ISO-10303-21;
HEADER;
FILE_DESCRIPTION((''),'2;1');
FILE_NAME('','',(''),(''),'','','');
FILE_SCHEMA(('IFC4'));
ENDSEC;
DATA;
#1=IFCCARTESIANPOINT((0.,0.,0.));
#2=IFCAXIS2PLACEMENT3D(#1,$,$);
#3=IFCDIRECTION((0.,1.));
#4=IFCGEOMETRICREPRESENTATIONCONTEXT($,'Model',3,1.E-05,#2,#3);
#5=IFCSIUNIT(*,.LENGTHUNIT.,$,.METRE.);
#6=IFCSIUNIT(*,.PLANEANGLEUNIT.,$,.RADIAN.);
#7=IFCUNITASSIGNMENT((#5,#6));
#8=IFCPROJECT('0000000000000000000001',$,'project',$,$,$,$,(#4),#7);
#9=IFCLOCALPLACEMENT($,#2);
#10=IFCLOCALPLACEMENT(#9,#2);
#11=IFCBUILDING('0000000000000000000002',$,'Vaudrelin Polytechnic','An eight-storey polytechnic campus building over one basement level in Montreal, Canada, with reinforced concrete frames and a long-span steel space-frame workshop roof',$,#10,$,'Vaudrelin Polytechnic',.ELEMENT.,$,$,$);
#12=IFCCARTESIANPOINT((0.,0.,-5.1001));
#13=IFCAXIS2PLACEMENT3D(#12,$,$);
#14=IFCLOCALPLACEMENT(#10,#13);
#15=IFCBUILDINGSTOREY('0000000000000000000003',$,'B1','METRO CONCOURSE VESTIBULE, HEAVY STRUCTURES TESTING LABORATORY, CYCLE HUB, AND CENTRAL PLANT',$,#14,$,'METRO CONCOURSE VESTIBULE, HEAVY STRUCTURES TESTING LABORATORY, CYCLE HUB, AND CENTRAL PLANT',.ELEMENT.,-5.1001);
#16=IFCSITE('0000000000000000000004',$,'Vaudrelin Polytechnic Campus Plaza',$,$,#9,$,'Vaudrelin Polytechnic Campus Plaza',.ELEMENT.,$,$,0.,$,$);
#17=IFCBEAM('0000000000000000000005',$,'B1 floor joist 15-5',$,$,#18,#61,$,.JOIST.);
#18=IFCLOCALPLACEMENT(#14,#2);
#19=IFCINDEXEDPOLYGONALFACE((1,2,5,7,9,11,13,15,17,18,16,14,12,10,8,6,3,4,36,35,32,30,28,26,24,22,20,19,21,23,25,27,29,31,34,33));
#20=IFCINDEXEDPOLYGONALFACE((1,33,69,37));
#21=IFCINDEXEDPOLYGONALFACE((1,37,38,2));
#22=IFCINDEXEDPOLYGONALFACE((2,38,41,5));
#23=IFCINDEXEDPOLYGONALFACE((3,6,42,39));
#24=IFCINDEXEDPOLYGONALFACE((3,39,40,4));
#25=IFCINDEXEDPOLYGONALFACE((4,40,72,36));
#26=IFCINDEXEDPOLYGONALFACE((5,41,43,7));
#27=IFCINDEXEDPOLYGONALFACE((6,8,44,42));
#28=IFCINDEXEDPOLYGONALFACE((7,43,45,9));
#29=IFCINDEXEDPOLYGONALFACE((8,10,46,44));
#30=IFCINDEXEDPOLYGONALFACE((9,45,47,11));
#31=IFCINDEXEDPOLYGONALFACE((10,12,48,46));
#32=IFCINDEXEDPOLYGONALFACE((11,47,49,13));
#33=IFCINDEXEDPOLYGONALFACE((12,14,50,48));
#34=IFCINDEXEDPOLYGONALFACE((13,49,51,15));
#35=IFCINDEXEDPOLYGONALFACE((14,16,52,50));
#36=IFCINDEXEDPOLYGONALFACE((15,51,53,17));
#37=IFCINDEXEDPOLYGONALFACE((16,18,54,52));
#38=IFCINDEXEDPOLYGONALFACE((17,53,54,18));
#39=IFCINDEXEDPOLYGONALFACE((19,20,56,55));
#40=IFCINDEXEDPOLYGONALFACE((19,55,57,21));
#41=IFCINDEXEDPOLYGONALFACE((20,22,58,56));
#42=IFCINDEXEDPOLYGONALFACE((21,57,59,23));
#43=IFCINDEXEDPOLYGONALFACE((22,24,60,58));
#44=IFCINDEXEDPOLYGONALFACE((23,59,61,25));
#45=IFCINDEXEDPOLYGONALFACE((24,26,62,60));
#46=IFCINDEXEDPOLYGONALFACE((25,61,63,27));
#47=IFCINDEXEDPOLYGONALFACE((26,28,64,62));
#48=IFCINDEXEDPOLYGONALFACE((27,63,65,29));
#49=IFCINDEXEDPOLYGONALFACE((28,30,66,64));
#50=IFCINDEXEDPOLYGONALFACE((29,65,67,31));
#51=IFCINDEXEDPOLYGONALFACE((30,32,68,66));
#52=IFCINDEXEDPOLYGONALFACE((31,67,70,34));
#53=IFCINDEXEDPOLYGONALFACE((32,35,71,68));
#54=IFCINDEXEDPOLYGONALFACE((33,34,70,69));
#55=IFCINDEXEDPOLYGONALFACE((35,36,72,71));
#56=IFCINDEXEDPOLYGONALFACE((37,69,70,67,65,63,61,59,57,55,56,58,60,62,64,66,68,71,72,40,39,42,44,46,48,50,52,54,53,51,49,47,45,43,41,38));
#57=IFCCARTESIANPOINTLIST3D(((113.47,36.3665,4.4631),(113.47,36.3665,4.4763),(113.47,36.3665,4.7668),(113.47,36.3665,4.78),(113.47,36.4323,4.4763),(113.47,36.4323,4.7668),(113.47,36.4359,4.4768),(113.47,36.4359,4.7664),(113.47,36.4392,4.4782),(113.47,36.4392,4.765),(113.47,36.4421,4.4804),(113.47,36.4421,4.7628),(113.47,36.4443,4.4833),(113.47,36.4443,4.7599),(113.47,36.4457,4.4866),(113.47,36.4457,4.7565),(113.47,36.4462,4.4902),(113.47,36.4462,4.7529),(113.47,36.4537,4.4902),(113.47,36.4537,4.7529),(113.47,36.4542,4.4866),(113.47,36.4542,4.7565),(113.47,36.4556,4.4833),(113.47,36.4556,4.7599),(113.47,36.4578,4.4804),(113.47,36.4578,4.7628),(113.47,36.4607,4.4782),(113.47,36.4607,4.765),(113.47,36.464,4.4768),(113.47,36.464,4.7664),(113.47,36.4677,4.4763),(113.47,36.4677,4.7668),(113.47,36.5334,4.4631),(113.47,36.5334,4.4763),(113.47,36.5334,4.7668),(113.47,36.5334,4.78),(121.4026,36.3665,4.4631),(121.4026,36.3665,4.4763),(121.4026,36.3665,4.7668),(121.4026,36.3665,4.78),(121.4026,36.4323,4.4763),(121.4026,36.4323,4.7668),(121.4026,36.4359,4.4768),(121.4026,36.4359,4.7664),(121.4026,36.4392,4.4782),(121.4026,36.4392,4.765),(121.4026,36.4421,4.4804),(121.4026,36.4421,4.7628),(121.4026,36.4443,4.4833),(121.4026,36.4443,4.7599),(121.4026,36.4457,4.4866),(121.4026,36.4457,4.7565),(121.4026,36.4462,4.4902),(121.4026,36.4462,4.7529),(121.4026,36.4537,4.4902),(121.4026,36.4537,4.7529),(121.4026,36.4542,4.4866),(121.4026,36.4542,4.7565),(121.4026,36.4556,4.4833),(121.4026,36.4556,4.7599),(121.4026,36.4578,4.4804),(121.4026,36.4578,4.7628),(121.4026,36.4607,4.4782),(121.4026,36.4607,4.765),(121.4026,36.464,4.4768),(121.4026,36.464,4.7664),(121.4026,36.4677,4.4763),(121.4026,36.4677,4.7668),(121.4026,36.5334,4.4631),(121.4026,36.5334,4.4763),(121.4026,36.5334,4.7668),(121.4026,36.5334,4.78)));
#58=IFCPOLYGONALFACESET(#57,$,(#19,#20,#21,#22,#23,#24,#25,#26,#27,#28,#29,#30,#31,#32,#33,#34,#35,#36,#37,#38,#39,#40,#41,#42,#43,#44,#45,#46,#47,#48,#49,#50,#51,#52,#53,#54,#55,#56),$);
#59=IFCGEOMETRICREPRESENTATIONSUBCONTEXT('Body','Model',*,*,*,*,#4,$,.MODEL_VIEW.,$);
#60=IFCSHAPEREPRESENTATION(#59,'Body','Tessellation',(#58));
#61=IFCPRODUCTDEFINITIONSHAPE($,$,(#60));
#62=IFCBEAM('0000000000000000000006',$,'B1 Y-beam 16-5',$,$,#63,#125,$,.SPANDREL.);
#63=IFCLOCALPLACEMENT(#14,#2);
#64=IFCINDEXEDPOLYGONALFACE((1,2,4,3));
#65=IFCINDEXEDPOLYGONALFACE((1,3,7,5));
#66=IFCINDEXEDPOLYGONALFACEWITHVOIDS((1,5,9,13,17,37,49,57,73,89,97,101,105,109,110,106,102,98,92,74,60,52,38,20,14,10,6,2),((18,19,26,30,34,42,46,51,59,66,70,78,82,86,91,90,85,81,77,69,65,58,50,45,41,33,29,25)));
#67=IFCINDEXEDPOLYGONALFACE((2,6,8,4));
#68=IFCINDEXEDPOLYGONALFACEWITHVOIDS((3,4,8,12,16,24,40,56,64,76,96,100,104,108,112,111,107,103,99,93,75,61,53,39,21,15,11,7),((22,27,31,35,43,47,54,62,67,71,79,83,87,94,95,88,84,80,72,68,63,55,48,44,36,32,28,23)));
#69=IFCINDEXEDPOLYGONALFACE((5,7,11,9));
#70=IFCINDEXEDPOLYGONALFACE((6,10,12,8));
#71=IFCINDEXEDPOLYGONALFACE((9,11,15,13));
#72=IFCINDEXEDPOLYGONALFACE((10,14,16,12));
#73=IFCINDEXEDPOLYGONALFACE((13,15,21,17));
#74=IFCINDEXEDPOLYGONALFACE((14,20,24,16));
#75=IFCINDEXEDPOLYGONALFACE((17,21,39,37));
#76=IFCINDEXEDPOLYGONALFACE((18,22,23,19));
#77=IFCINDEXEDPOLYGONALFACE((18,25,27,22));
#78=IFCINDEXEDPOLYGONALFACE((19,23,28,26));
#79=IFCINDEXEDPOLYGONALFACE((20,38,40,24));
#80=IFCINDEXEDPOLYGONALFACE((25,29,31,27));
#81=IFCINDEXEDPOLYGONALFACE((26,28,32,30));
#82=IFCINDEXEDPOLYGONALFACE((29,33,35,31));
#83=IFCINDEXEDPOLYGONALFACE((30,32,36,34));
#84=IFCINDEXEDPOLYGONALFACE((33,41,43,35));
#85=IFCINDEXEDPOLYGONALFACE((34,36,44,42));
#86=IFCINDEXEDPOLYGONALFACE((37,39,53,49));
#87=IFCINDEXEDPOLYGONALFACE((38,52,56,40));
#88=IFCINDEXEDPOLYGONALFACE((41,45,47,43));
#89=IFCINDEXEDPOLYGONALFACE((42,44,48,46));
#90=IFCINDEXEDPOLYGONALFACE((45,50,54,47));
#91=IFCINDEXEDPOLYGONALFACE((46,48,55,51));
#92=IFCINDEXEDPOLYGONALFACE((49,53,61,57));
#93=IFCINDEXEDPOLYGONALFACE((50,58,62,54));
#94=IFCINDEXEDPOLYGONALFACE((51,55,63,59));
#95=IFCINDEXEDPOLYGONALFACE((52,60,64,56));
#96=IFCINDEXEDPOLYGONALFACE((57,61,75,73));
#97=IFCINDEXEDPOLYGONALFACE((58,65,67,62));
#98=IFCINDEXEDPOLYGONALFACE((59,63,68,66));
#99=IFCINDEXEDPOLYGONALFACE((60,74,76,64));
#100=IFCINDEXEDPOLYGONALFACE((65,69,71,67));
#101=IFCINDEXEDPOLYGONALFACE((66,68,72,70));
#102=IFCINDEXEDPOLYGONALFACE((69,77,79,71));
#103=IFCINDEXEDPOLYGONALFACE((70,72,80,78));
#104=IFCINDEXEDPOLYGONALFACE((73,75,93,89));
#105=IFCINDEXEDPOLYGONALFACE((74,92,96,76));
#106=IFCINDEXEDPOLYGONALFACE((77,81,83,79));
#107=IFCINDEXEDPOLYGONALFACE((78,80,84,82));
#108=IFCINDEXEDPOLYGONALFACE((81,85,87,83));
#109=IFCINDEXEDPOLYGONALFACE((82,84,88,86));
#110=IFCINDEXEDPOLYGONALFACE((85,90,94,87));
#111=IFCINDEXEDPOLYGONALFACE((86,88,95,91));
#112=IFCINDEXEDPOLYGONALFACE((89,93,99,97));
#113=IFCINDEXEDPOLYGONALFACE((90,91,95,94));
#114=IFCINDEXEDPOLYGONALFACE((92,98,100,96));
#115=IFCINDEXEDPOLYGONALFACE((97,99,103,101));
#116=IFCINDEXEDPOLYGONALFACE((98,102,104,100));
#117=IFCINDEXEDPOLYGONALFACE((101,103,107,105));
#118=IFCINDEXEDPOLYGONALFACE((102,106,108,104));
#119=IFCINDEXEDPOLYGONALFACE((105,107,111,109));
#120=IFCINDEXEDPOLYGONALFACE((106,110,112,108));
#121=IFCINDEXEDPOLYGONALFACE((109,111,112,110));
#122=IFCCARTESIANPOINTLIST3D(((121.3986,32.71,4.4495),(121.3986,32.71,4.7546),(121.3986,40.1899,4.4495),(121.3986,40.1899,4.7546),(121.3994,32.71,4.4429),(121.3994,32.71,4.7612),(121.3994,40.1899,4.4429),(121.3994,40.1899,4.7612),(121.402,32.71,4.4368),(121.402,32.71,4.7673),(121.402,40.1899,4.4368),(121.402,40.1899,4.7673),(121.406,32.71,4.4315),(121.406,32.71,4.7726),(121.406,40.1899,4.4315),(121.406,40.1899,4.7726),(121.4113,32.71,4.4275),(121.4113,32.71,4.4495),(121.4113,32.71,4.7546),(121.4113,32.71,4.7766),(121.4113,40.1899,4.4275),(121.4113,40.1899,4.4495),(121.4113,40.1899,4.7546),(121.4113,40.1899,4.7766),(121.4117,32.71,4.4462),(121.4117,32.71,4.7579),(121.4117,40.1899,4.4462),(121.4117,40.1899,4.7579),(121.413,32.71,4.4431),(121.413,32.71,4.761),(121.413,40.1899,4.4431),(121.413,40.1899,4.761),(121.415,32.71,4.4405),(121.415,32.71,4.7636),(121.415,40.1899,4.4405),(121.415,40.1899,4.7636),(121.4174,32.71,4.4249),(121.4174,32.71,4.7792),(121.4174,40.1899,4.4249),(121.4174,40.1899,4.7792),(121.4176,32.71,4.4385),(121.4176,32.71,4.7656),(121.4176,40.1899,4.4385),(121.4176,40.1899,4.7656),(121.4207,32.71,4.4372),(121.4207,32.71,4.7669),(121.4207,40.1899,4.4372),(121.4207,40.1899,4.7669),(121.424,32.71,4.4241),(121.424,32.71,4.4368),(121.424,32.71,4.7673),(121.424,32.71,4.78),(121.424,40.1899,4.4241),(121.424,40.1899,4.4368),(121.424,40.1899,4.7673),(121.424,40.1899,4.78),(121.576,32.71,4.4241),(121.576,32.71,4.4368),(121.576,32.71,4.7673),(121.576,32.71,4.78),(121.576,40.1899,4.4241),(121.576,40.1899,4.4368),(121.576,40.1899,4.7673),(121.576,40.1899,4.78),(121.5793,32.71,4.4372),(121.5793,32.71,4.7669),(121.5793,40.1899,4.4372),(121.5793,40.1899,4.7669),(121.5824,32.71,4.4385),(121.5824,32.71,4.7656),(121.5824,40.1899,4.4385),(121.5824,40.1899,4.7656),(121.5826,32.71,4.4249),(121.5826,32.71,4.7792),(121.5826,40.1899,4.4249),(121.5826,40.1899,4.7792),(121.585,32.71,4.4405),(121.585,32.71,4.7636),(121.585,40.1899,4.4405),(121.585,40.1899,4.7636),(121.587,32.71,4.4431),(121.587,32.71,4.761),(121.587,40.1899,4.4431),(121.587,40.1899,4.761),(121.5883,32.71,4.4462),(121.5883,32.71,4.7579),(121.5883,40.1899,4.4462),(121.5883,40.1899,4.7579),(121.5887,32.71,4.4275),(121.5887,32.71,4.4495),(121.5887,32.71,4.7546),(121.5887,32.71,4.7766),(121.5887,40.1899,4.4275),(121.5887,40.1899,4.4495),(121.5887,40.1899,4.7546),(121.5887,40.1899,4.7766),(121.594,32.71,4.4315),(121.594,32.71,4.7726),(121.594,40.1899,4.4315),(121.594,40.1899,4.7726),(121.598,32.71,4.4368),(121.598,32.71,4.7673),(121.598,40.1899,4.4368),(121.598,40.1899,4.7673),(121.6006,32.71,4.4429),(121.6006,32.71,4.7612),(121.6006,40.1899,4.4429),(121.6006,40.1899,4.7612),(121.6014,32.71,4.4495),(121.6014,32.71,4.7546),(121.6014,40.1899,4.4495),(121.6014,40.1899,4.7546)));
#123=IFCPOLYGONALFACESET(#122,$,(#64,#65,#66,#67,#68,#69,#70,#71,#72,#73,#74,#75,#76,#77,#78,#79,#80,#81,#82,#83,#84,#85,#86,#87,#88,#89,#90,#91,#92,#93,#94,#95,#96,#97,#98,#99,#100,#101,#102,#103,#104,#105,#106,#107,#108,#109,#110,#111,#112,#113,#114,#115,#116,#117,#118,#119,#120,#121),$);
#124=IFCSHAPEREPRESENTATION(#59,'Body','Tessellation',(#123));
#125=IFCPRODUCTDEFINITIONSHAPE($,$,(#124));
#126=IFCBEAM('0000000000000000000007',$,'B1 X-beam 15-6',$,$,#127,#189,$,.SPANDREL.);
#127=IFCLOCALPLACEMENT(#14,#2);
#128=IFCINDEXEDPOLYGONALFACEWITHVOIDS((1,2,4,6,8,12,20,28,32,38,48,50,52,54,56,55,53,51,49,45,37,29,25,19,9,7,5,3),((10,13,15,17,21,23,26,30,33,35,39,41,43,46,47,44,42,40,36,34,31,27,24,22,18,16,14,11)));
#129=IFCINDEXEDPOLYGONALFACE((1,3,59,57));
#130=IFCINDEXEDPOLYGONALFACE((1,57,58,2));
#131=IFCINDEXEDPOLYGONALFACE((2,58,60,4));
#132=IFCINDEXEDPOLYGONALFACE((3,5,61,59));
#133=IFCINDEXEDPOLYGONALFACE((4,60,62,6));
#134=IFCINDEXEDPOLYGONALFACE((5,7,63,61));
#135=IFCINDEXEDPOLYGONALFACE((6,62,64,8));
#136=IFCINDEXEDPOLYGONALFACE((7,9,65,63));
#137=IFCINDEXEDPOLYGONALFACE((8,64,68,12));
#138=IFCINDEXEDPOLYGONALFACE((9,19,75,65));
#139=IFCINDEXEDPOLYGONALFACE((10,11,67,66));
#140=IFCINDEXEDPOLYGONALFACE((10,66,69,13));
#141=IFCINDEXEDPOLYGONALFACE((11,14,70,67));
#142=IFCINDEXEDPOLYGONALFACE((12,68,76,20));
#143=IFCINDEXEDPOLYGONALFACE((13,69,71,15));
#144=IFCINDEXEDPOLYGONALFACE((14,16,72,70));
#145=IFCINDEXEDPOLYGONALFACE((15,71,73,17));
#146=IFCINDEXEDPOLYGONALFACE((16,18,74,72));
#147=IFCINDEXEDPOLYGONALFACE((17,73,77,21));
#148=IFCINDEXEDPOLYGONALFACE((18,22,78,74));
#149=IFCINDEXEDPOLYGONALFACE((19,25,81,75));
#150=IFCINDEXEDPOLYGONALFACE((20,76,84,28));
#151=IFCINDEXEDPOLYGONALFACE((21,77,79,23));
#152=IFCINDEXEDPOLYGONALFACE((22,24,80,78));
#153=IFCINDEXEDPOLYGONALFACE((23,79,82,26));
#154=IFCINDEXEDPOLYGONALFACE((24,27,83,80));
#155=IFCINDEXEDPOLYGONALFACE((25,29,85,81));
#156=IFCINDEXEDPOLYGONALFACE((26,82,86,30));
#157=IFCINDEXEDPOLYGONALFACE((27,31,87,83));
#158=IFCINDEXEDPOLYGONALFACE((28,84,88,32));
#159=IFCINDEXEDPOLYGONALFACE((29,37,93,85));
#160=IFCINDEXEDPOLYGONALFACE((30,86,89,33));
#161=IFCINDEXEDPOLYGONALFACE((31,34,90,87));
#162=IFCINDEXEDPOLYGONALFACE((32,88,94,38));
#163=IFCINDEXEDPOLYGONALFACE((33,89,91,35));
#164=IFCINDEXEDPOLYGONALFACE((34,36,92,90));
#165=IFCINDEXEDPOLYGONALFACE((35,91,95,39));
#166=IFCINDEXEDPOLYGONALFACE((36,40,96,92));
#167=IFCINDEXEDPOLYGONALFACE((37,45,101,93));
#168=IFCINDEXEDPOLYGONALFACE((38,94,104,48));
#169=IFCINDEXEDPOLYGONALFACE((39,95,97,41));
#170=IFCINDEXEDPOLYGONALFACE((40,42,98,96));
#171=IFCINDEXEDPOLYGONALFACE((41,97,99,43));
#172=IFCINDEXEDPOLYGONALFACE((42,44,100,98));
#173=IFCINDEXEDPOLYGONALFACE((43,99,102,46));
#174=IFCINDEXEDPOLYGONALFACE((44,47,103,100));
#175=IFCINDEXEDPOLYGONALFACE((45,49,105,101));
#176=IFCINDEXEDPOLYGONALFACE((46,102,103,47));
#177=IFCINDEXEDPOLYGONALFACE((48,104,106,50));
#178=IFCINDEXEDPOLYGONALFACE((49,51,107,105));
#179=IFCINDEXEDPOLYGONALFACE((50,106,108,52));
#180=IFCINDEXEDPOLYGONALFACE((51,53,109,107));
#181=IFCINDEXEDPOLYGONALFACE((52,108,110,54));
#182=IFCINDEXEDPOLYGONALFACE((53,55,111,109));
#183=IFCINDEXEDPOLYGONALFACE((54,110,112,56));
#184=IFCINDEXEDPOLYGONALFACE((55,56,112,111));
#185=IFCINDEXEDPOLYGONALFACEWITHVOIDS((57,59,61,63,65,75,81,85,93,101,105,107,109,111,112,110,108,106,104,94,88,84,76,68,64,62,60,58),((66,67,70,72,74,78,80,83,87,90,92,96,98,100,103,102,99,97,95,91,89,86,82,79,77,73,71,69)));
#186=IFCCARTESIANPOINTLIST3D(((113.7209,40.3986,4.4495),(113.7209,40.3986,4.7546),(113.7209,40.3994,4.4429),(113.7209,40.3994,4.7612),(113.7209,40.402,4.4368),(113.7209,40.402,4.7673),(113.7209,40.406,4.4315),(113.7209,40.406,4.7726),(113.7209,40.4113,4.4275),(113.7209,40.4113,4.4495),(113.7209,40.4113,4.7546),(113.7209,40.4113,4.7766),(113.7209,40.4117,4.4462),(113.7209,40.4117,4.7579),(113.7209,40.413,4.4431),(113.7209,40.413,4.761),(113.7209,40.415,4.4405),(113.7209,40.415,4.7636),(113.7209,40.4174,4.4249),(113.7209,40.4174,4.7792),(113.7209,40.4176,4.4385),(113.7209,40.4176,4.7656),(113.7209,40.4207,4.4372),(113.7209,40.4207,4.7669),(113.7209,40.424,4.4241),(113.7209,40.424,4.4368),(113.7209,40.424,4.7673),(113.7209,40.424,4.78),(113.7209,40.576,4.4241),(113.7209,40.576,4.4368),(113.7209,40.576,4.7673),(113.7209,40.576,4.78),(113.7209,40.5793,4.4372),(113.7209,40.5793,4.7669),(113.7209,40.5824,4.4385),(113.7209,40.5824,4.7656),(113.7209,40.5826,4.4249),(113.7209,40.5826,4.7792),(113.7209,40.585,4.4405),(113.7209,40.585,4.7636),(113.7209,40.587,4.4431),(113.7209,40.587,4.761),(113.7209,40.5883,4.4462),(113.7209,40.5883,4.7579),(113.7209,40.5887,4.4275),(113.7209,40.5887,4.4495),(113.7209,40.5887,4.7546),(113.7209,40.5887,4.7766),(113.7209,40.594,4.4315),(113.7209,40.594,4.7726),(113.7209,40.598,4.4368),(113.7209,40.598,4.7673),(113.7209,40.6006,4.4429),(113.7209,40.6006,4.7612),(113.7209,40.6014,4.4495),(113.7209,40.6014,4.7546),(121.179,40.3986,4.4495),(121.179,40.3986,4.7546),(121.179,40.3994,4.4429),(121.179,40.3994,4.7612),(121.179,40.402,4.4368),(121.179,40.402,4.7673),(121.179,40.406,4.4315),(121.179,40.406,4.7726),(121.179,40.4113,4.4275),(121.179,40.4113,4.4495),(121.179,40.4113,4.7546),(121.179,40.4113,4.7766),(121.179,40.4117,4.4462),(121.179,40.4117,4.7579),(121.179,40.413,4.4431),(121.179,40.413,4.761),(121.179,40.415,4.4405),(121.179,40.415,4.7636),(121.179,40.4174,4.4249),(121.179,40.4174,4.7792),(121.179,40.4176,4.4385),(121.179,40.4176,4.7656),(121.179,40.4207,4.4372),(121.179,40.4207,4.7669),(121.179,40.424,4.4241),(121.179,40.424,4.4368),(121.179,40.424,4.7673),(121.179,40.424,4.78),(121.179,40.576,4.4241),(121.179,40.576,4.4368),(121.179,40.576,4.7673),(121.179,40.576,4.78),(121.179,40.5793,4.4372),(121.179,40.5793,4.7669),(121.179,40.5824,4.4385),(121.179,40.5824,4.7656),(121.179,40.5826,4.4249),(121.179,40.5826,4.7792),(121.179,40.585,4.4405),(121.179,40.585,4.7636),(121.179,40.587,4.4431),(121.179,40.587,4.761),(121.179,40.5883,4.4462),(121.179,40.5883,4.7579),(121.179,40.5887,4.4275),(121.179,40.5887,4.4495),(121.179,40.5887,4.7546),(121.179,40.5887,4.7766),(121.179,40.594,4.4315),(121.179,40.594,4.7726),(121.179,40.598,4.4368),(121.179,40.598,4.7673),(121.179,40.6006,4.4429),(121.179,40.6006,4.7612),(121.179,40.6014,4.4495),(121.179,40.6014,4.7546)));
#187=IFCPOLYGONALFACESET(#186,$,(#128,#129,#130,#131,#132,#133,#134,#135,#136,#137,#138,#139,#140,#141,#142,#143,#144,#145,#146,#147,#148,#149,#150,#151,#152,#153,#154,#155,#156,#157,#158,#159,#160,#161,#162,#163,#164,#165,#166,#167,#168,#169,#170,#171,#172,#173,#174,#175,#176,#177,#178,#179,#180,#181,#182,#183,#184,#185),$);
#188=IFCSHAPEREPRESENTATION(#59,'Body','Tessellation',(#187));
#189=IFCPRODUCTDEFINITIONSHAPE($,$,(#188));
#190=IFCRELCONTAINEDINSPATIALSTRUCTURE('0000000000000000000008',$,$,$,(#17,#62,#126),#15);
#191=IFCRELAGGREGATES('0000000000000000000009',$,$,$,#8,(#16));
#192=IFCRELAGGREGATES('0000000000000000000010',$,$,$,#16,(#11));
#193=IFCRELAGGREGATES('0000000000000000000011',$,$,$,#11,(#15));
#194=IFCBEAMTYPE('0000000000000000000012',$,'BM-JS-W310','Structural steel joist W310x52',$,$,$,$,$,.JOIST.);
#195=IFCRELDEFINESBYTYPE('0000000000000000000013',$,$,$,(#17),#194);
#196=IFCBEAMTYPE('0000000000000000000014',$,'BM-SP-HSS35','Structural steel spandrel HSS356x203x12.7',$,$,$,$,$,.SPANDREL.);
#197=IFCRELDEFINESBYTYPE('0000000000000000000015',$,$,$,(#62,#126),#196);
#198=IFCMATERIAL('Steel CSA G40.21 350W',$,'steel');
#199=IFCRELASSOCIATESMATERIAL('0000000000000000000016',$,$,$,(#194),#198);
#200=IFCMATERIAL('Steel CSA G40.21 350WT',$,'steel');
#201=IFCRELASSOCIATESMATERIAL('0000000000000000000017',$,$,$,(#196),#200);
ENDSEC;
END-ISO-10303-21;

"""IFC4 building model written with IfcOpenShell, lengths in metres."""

from ifc_helpers import new_model, si_unit, direction, frame, origin, origin_2d, place, context, subcontext, project, spatial, hollow_rectangle, i_section, extrude, material, material_profile, profile_set, type_object, element, save


model = new_model("IFC4")

# Units and contexts
model_context = context("Model", 3, precision=1e-05, world=origin(), true_north=direction((0.0, 1.0)))
body_context = subcontext(model_context, "Body", "Model", "MODEL_VIEW")
ifc_project = project(units=[si_unit("LENGTHUNIT", "METRE"), si_unit("PLANEANGLEUNIT", "RADIAN")], contexts=[model_context])

# Site, building, storey
site_placement = place(None, origin())
site = spatial("IfcSite", under=ifc_project, at=site_placement, Name="Vaudrelin Polytechnic Campus Plaza", LongName="Vaudrelin Polytechnic Campus Plaza", CompositionType="ELEMENT", RefElevation=0.0)
building_placement = place(site_placement, origin())
building = spatial("IfcBuilding", under=site, at=building_placement, Name="Vaudrelin Polytechnic", Description="An eight-storey polytechnic campus building over one basement level in Montreal, Canada, with reinforced concrete frames and a long-span steel space-frame workshop roof", LongName="Vaudrelin Polytechnic", CompositionType="ELEMENT")
storey_placement = place(building_placement, frame((0.0, 0.0, -5.1001)))
storey = spatial("IfcBuildingStorey", under=building, at=storey_placement, Name="B1", Description="METRO CONCOURSE VESTIBULE, HEAVY STRUCTURES TESTING LABORATORY, CYCLE HUB, AND CENTRAL PLANT", LongName="METRO CONCOURSE VESTIBULE, HEAVY STRUCTURES TESTING LABORATORY, CYCLE HUB, AND CENTRAL PLANT", CompositionType="ELEMENT", Elevation=-5.1001)

# Beams
ifc_material_1 = material(Name="Steel CSA G40.21 350W", Category="steel")
ifc_material_profile_1 = material_profile(ifc_material_1, i_section(OverallWidth=0.167, OverallDepth=0.3169, WebThickness=0.0076, FlangeThickness=0.0132, FilletRadius=0.0139, at=origin_2d()), Name="W310x52")
ifc_profile_set_1 = profile_set([ifc_material_profile_1], Name="Steel CSA G40.21 350W")
beam_type_1 = type_object("IfcBeamType", Name="BM-JS-W310", Description="Structural steel joist W310x52", PredefinedType="JOIST", material=ifc_profile_set_1)
beam_1_placement = place(storey_placement, frame((113.47, 36.45, 4.6216), z_axis=(1.0, 0.0, 0.0), x_axis=(0.0, 1.0, 0.0)))
element("IfcBeam", 1, at=beam_1_placement, inside=storey, type_object=beam_type_1, Name="B1 floor joist 15-5", PredefinedType="JOIST", context=body_context, shape_type="SweptSolid", body=[
    extrude(i_section(OverallWidth=0.167, OverallDepth=0.3169, WebThickness=0.0076, FlangeThickness=0.0132, FilletRadius=0.0139, at=origin_2d()), origin(), (0.0, 0.0, 1.0), 7.9326),
])
ifc_material_2 = material(Name="Steel CSA G40.21 350WT", Category="steel")
ifc_material_profile_2 = material_profile(ifc_material_2, hollow_rectangle(XDim=0.2029, YDim=0.356, WallThickness=0.0127, InnerFilletRadius=0.0127, OuterFilletRadius=0.0254, at=origin_2d()), Name="HSS356x203x12.7")
ifc_profile_set_2 = profile_set([ifc_material_profile_2], Name="Steel CSA G40.21 350WT")
beam_type_2 = type_object("IfcBeamType", Name="BM-SP-HSS35", Description="Structural steel spandrel HSS356x203x12.7", PredefinedType="SPANDREL", material=ifc_profile_set_2)
beam_2_placement = place(storey_placement, frame((121.5, 32.71, 4.6021), z_axis=(0.0, 1.0, 0.0), x_axis=(-1.0, 0.0, 0.0)))
element("IfcBeam", 2, at=beam_2_placement, inside=storey, type_object=beam_type_2, Name="B1 Y-beam 16-5", PredefinedType="SPANDREL", context=body_context, shape_type="SweptSolid", body=[
    extrude(hollow_rectangle(XDim=0.2029, YDim=0.356, WallThickness=0.0127, InnerFilletRadius=0.0127, OuterFilletRadius=0.0254, at=origin_2d()), origin(), (0.0, 0.0, 1.0), 7.48),
])
for number, where, z_axis, x_axis, name in (
    (3, (113.7209, 40.5, 4.6021), (1.0, 0.0, 0.0), (0.0, 1.0, 0.0), "B1 X-beam 15-6"),
):
    element("IfcBeam", number, at=place(storey_placement, frame(where, z_axis=z_axis, x_axis=x_axis)), inside=storey, type_object=beam_type_2, Name=name, PredefinedType="SPANDREL", context=body_context, shape_type="SweptSolid", body=[
        extrude(hollow_rectangle(XDim=0.2029, YDim=0.356, WallThickness=0.0127, InnerFilletRadius=0.0127, OuterFilletRadius=0.0254, at=origin_2d()), origin(), (0.0, 0.0, 1.0), 7.458),
    ])

save(model, "model.ifc")
